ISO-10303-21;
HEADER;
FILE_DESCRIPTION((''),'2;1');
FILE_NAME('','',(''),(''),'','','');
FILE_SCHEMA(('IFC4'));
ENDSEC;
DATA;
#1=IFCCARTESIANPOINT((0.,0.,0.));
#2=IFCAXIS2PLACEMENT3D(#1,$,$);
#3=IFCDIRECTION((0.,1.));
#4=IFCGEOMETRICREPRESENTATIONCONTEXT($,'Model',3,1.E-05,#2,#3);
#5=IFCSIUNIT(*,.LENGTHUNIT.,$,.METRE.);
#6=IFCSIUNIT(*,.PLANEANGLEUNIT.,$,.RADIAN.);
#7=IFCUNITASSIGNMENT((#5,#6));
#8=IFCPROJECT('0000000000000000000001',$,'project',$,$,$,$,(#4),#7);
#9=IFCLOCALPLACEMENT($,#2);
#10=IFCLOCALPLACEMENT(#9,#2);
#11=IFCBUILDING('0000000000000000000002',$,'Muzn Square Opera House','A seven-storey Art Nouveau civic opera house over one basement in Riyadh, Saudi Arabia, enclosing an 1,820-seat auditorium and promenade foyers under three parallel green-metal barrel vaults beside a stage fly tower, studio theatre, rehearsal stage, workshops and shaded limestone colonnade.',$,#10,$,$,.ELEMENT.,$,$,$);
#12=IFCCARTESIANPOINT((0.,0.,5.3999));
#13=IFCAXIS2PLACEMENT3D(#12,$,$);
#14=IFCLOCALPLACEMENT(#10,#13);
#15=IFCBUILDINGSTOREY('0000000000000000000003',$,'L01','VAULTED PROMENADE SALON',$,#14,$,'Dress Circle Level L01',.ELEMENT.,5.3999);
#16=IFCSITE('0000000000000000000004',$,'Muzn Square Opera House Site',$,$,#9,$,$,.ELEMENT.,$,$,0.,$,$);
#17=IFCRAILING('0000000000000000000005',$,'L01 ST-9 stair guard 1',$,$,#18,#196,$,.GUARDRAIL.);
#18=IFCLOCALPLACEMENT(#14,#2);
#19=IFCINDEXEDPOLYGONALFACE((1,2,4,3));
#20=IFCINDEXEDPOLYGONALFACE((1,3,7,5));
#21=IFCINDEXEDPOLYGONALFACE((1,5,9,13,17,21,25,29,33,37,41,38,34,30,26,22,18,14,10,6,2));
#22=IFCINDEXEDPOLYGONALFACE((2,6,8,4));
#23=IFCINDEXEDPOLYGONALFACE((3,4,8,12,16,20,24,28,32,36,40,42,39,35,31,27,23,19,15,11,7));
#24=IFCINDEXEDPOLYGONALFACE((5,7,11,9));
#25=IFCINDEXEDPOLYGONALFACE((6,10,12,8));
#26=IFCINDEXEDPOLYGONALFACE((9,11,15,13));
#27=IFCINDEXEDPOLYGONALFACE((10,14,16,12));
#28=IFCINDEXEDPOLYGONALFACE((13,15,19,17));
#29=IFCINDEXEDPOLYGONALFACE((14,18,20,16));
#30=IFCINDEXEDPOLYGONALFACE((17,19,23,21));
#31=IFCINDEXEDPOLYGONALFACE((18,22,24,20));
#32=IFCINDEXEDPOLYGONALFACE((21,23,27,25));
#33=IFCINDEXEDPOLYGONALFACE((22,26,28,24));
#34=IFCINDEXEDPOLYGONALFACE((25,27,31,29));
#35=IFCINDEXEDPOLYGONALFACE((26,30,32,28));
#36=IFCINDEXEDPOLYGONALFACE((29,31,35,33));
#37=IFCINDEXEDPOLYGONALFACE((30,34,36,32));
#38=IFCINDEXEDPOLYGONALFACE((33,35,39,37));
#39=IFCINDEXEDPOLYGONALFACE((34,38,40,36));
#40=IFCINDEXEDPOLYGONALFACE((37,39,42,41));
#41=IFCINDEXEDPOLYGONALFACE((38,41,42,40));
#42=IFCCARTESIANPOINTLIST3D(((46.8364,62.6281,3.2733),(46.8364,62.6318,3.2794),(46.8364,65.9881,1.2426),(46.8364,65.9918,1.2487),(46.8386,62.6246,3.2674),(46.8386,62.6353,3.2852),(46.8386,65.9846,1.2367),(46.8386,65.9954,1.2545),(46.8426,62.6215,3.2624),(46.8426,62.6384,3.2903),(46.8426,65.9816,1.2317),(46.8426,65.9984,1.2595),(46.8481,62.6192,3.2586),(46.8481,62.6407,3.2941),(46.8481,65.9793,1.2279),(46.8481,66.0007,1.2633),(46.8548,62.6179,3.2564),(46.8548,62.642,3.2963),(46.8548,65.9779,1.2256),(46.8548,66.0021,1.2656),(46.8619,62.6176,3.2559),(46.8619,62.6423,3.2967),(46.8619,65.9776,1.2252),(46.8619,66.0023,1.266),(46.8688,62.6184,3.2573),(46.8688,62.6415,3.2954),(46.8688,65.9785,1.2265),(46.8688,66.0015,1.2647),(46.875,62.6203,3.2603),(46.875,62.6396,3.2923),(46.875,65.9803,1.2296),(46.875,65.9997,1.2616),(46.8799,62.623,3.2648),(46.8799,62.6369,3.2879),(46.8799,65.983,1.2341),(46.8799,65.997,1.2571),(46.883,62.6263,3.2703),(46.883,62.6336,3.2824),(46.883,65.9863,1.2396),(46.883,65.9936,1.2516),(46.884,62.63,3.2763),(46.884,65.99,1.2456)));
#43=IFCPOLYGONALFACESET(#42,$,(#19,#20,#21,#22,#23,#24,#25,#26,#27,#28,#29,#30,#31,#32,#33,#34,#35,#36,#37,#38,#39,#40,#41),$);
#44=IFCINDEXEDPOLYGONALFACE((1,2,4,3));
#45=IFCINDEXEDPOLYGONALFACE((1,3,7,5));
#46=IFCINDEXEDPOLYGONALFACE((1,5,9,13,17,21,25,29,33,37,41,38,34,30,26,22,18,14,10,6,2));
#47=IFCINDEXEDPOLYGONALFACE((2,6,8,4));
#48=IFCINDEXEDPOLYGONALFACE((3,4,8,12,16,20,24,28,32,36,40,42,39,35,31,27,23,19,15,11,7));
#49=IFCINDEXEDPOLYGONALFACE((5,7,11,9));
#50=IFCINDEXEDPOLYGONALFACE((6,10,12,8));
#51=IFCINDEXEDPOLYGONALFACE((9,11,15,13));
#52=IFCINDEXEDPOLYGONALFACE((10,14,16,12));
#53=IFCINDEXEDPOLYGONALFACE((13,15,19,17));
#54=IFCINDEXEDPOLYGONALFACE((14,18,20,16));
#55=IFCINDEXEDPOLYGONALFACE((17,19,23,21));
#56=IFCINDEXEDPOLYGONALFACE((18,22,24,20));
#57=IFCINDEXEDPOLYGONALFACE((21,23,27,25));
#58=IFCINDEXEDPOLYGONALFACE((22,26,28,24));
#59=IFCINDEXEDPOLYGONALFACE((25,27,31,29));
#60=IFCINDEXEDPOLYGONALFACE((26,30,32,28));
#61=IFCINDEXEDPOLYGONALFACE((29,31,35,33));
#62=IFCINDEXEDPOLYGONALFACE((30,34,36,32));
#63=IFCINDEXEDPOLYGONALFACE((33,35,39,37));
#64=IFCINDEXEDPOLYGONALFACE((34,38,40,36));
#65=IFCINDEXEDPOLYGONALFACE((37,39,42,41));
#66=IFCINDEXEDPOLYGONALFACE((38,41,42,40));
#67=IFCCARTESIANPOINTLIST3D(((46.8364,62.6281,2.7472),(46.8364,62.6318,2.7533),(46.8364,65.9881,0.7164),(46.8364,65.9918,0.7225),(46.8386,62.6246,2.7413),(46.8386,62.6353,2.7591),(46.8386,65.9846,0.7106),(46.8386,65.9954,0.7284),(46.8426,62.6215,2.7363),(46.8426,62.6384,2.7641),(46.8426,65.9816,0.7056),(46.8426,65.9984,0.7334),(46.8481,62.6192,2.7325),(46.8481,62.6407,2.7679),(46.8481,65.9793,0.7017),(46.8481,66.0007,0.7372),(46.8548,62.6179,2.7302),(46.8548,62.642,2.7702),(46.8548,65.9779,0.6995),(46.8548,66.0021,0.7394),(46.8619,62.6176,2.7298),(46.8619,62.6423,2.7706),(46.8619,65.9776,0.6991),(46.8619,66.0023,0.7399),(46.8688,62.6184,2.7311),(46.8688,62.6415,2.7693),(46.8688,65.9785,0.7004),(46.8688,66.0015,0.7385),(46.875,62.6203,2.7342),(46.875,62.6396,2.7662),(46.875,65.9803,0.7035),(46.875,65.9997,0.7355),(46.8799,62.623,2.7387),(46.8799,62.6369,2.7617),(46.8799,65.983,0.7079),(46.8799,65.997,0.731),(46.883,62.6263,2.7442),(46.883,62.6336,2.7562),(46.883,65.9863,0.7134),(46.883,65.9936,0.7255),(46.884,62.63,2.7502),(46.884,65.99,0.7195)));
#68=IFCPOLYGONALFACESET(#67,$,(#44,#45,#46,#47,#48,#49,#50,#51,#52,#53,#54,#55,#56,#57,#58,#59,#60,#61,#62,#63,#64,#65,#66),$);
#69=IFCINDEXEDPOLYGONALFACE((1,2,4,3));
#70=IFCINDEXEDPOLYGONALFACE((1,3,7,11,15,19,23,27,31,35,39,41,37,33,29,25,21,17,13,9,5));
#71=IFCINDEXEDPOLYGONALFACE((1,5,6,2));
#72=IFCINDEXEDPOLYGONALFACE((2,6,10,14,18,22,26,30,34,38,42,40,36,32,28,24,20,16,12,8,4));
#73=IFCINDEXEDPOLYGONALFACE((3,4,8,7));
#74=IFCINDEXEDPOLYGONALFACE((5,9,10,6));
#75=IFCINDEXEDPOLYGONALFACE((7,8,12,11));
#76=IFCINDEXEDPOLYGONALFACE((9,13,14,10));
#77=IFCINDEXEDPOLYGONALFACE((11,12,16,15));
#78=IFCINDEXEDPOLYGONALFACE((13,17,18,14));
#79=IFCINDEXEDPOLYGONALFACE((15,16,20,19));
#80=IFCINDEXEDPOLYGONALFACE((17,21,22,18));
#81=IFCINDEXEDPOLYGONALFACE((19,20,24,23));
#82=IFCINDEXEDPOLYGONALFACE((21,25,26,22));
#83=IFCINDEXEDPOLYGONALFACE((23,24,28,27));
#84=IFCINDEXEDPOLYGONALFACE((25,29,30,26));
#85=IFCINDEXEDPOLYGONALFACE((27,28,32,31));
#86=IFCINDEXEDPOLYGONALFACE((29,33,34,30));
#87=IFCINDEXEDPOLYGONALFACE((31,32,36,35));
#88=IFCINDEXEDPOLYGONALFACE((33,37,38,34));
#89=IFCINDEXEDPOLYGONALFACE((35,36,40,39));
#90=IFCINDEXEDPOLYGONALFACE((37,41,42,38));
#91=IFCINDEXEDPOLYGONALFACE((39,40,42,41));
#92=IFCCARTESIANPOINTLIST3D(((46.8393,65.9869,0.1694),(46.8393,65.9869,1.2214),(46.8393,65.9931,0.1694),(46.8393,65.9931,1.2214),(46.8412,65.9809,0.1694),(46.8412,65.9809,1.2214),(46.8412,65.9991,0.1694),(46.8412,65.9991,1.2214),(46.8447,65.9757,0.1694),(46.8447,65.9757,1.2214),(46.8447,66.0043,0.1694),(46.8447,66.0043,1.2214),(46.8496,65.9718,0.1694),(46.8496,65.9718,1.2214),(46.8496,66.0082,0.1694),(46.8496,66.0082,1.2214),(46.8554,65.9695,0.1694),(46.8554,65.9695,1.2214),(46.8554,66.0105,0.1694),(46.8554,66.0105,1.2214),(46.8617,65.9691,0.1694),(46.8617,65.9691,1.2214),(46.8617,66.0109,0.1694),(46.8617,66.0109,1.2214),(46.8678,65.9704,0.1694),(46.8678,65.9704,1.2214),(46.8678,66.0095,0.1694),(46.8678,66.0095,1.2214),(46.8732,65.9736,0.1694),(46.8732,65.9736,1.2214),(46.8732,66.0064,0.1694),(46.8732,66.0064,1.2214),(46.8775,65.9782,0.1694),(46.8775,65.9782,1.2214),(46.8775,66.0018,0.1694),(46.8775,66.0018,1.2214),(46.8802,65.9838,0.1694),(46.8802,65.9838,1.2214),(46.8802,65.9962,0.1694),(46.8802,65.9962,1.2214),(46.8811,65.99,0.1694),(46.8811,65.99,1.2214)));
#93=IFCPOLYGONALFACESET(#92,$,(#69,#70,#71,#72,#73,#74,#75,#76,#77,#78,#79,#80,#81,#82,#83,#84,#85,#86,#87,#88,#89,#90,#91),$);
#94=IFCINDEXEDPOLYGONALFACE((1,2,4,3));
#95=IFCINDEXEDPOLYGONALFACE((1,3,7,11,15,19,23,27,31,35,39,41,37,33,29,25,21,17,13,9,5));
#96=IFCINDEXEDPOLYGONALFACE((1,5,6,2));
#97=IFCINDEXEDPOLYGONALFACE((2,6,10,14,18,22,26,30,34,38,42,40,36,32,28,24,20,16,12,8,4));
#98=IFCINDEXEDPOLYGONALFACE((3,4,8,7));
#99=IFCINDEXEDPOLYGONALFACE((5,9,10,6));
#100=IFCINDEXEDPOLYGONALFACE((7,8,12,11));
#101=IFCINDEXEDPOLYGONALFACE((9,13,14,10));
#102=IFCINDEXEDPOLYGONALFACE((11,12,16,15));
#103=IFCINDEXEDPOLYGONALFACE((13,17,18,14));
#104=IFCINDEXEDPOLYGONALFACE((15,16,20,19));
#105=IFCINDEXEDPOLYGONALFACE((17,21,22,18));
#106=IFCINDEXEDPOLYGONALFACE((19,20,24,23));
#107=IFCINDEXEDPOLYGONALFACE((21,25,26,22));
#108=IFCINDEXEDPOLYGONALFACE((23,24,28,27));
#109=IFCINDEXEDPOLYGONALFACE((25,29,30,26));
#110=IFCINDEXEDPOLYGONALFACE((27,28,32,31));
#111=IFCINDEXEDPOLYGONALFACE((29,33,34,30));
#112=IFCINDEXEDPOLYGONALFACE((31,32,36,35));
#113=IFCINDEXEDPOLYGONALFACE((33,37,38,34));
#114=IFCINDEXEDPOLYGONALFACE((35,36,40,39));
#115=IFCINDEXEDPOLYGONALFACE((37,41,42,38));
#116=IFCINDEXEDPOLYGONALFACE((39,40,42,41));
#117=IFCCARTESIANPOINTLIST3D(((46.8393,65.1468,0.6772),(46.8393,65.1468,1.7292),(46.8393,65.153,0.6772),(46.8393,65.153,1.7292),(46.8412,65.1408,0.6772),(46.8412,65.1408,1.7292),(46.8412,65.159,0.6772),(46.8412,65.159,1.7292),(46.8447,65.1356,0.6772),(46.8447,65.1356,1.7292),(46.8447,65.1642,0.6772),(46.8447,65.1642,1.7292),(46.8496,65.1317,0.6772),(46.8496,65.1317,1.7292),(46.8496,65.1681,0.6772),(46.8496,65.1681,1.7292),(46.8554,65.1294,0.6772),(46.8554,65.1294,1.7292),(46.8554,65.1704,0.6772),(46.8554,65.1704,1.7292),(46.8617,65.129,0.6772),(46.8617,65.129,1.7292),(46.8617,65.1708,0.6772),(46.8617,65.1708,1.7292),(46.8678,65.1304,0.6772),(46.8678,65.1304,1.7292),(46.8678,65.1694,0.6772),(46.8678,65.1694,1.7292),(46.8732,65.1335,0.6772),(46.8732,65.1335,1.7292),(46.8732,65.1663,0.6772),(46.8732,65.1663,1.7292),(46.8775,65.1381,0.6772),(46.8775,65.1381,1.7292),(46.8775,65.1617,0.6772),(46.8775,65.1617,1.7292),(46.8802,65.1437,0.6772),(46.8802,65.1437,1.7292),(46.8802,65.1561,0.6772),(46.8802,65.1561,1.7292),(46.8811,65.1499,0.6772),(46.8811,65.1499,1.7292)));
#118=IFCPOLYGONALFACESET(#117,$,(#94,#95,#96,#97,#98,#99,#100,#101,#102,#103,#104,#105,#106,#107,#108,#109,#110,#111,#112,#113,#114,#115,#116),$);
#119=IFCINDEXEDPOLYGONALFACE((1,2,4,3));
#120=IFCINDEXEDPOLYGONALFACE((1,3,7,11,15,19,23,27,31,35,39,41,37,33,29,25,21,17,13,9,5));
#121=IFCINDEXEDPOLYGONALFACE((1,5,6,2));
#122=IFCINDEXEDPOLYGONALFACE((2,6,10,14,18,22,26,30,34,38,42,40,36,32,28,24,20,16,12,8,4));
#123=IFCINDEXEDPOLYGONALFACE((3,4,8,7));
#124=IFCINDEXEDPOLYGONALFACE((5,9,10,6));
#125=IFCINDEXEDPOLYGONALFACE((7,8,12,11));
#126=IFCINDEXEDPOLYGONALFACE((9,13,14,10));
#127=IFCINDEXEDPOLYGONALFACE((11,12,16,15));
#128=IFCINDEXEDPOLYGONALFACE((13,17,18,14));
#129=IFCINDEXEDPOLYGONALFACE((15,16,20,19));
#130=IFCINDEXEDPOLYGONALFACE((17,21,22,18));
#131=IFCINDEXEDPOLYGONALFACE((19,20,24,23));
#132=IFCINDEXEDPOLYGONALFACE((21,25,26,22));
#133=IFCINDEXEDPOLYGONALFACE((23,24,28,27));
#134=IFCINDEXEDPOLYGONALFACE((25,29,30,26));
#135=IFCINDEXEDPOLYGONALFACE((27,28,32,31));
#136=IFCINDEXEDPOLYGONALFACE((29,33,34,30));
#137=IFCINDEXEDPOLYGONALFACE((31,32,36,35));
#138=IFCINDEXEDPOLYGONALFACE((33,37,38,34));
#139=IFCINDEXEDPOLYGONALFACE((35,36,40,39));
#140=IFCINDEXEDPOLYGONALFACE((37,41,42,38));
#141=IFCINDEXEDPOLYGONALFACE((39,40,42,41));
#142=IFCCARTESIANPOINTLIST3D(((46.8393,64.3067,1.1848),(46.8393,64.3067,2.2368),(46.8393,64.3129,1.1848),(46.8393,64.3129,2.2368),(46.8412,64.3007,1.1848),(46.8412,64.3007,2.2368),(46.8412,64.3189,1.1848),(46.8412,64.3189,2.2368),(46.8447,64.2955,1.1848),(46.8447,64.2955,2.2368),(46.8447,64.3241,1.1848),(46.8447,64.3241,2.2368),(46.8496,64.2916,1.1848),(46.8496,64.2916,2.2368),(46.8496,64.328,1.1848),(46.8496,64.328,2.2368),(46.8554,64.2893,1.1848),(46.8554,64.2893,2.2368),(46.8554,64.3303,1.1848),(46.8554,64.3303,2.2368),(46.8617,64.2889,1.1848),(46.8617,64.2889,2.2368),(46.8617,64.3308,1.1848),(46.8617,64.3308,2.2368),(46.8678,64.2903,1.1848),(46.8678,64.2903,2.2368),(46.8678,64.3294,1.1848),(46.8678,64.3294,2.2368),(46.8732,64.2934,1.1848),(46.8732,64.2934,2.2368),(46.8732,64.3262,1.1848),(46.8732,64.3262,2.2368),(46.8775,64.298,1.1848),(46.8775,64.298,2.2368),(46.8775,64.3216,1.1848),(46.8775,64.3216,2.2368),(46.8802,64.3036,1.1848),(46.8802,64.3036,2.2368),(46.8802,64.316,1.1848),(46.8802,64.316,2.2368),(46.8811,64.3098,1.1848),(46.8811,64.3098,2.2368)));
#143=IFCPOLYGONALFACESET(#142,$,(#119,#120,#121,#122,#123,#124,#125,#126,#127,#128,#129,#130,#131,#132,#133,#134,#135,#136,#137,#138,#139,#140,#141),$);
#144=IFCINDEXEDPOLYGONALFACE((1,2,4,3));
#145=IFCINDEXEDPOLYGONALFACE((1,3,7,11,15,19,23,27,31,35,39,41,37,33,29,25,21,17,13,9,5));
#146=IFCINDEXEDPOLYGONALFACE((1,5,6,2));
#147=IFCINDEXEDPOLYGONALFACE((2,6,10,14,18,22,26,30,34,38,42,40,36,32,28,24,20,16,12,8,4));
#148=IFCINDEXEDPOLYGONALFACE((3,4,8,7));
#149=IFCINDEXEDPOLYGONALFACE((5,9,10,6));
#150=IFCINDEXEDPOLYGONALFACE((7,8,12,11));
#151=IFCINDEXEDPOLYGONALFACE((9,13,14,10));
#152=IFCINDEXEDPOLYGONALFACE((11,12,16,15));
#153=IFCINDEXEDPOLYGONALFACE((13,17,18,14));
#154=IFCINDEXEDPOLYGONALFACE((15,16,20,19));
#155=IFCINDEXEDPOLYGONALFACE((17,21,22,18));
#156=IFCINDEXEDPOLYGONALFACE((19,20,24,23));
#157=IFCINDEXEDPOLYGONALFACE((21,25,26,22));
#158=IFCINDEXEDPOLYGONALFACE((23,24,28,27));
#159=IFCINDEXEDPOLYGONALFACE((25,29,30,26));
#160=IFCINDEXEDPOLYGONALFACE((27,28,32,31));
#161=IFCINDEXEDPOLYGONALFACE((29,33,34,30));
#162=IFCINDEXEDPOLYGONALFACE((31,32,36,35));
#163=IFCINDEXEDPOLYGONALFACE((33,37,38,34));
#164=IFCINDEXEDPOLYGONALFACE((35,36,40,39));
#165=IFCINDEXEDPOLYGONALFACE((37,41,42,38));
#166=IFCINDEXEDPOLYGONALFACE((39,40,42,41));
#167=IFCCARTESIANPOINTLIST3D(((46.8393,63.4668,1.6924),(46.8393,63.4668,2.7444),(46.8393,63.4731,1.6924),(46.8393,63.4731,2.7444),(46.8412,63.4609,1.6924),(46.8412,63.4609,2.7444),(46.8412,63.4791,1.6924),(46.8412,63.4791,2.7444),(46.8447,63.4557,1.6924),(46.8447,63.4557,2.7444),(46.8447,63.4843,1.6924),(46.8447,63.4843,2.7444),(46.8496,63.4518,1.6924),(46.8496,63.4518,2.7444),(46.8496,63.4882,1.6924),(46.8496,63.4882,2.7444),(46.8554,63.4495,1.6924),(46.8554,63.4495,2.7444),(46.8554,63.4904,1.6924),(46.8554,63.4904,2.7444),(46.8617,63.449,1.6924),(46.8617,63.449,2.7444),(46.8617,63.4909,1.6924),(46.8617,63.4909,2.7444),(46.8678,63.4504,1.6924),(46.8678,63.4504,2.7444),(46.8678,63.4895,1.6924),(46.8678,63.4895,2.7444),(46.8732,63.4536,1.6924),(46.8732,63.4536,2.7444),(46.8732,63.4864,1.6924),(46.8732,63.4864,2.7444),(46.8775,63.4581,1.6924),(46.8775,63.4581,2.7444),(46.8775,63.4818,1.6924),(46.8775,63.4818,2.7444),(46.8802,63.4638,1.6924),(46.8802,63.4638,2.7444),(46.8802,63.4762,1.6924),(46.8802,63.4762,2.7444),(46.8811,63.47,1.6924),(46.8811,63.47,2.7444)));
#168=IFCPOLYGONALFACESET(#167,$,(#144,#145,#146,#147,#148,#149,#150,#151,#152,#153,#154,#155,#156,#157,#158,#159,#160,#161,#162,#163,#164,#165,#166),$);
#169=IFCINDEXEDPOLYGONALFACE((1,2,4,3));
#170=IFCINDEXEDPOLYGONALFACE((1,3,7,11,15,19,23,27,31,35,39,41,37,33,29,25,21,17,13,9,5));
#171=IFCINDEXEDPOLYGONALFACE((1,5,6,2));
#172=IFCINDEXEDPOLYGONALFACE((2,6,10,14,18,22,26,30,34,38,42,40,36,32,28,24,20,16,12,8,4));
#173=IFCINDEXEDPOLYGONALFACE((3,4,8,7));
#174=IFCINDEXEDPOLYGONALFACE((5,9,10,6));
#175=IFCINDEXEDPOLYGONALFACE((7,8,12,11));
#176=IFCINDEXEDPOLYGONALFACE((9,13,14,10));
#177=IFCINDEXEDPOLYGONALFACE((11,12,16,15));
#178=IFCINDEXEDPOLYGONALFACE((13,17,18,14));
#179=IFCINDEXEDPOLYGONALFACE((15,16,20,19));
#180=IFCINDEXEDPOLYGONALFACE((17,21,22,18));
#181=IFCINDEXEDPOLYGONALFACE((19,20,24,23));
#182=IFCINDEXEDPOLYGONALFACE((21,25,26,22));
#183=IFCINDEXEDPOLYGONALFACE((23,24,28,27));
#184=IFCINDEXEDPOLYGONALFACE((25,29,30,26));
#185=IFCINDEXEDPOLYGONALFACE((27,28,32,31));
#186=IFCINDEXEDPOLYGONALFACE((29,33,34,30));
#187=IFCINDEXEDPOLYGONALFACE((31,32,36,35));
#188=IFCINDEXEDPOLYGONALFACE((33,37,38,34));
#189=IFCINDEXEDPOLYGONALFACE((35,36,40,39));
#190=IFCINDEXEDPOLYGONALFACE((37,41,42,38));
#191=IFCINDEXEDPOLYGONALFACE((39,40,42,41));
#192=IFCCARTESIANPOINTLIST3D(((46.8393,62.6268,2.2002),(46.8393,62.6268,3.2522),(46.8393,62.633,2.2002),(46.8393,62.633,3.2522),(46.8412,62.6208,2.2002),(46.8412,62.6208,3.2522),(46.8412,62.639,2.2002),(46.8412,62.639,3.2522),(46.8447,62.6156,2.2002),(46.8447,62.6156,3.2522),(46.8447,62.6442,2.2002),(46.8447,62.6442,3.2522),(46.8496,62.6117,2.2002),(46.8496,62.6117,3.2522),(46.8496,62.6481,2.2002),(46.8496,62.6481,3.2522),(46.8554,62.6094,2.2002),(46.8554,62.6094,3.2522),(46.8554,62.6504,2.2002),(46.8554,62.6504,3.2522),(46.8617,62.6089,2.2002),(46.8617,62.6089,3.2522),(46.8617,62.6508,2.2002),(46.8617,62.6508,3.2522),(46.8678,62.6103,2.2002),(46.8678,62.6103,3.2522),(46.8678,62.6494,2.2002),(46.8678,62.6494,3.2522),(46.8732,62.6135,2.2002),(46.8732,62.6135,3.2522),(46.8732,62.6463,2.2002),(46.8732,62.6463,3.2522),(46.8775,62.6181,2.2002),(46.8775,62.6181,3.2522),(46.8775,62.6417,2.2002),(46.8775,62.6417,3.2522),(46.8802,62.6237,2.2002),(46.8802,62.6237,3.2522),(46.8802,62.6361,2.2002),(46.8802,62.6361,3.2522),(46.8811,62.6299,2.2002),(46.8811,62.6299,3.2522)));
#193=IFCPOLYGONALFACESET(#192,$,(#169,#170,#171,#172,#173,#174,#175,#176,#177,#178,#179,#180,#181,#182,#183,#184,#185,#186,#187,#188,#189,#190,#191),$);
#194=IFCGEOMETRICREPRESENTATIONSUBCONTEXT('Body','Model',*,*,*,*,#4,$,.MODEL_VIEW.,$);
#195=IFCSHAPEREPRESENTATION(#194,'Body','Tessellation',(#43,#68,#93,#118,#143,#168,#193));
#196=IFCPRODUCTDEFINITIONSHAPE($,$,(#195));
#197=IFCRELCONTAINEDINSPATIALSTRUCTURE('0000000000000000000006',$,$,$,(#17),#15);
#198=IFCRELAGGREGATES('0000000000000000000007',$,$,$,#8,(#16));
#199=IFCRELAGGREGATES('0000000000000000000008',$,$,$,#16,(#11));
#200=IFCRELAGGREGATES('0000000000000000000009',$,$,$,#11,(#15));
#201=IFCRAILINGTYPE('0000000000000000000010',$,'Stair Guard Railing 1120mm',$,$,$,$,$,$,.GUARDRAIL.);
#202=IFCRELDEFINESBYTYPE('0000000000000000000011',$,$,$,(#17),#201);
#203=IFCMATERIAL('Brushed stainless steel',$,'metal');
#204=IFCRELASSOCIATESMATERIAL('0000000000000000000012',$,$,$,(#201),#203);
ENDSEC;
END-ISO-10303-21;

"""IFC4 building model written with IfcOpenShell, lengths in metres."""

from ifc_helpers import new_model, si_unit, direction, frame, origin, origin_2d, place, context, subcontext, project, spatial, circle, extrude, material, type_object, element, save


model = new_model("IFC4")

# Units and contexts
model_context = context("Model", 3, precision=1e-05, world=origin(), true_north=direction((0.0, 1.0)))
body_context = subcontext(model_context, "Body", "Model", "MODEL_VIEW")
ifc_project = project(units=[si_unit("LENGTHUNIT", "METRE"), si_unit("PLANEANGLEUNIT", "RADIAN")], contexts=[model_context])

# Site, building, storey
site_placement = place(None, origin())
site = spatial("IfcSite", under=ifc_project, at=site_placement, Name="Muzn Square Opera House Site", CompositionType="ELEMENT", RefElevation=0.0)
building_placement = place(site_placement, origin())
building = spatial("IfcBuilding", under=site, at=building_placement, Name="Muzn Square Opera House", Description="A seven-storey Art Nouveau civic opera house over one basement in Riyadh, Saudi Arabia, enclosing an 1,820-seat auditorium and promenade foyers under three parallel green-metal barrel vaults beside a stage fly tower, studio theatre, rehearsal stage, workshops and shaded limestone colonnade.", CompositionType="ELEMENT")
storey_placement = place(building_placement, frame((0.0, 0.0, 5.3999)))
storey = spatial("IfcBuildingStorey", under=building, at=storey_placement, Name="L01", Description="VAULTED PROMENADE SALON", LongName="Dress Circle Level L01", CompositionType="ELEMENT", Elevation=5.3999)

# Railing
ifc_material_1 = material(Name="Brushed stainless steel", Category="metal")
railing_type_1 = type_object("IfcRailingType", Name="Stair Guard Railing 1120mm", PredefinedType="GUARDRAIL", material=ifc_material_1)
railing_1_placement = place(storey_placement, frame((46.8601, 65.99, 0.1694)))
element("IfcRailing", 1, at=railing_1_placement, inside=storey, type_object=railing_type_1, Name="L01 ST-9 stair guard 1", PredefinedType="GUARDRAIL", context=body_context, shape_type="SweptSolid", body=[
    extrude(circle(Radius=0.0239, at=origin_2d()), frame((0.0, 0.0, 1.0762), z_axis=(0.0, -0.855837, 0.517246), x_axis=(1.0, 0.0, 0.0)), (0.0, 0.0, 1.0), 3.926),
    extrude(circle(Radius=0.0239, at=origin_2d()), frame((0.0, 0.0, 0.55), z_axis=(0.0, -0.855837, 0.517246), x_axis=(1.0, 0.0, 0.0)), (0.0, 0.0, 1.0), 3.926),
    extrude(circle(Radius=0.021, at=origin_2d()), origin(), (0.0, 0.0, 1.0), 1.052),
    extrude(circle(Radius=0.021, at=origin_2d()), frame((0.0, -0.8401, 0.5078)), (0.0, 0.0, 1.0), 1.052),
    extrude(circle(Radius=0.021, at=origin_2d()), frame((0.0, -1.6802, 1.0154)), (0.0, 0.0, 1.0), 1.052),
    extrude(circle(Radius=0.021, at=origin_2d()), frame((0.0, -2.52, 1.5229)), (0.0, 0.0, 1.0), 1.052),
    extrude(circle(Radius=0.021, at=origin_2d()), frame((0.0, -3.3601, 2.0308)), (0.0, 0.0, 1.0), 1.052),
])

save(model, "model.ifc")
